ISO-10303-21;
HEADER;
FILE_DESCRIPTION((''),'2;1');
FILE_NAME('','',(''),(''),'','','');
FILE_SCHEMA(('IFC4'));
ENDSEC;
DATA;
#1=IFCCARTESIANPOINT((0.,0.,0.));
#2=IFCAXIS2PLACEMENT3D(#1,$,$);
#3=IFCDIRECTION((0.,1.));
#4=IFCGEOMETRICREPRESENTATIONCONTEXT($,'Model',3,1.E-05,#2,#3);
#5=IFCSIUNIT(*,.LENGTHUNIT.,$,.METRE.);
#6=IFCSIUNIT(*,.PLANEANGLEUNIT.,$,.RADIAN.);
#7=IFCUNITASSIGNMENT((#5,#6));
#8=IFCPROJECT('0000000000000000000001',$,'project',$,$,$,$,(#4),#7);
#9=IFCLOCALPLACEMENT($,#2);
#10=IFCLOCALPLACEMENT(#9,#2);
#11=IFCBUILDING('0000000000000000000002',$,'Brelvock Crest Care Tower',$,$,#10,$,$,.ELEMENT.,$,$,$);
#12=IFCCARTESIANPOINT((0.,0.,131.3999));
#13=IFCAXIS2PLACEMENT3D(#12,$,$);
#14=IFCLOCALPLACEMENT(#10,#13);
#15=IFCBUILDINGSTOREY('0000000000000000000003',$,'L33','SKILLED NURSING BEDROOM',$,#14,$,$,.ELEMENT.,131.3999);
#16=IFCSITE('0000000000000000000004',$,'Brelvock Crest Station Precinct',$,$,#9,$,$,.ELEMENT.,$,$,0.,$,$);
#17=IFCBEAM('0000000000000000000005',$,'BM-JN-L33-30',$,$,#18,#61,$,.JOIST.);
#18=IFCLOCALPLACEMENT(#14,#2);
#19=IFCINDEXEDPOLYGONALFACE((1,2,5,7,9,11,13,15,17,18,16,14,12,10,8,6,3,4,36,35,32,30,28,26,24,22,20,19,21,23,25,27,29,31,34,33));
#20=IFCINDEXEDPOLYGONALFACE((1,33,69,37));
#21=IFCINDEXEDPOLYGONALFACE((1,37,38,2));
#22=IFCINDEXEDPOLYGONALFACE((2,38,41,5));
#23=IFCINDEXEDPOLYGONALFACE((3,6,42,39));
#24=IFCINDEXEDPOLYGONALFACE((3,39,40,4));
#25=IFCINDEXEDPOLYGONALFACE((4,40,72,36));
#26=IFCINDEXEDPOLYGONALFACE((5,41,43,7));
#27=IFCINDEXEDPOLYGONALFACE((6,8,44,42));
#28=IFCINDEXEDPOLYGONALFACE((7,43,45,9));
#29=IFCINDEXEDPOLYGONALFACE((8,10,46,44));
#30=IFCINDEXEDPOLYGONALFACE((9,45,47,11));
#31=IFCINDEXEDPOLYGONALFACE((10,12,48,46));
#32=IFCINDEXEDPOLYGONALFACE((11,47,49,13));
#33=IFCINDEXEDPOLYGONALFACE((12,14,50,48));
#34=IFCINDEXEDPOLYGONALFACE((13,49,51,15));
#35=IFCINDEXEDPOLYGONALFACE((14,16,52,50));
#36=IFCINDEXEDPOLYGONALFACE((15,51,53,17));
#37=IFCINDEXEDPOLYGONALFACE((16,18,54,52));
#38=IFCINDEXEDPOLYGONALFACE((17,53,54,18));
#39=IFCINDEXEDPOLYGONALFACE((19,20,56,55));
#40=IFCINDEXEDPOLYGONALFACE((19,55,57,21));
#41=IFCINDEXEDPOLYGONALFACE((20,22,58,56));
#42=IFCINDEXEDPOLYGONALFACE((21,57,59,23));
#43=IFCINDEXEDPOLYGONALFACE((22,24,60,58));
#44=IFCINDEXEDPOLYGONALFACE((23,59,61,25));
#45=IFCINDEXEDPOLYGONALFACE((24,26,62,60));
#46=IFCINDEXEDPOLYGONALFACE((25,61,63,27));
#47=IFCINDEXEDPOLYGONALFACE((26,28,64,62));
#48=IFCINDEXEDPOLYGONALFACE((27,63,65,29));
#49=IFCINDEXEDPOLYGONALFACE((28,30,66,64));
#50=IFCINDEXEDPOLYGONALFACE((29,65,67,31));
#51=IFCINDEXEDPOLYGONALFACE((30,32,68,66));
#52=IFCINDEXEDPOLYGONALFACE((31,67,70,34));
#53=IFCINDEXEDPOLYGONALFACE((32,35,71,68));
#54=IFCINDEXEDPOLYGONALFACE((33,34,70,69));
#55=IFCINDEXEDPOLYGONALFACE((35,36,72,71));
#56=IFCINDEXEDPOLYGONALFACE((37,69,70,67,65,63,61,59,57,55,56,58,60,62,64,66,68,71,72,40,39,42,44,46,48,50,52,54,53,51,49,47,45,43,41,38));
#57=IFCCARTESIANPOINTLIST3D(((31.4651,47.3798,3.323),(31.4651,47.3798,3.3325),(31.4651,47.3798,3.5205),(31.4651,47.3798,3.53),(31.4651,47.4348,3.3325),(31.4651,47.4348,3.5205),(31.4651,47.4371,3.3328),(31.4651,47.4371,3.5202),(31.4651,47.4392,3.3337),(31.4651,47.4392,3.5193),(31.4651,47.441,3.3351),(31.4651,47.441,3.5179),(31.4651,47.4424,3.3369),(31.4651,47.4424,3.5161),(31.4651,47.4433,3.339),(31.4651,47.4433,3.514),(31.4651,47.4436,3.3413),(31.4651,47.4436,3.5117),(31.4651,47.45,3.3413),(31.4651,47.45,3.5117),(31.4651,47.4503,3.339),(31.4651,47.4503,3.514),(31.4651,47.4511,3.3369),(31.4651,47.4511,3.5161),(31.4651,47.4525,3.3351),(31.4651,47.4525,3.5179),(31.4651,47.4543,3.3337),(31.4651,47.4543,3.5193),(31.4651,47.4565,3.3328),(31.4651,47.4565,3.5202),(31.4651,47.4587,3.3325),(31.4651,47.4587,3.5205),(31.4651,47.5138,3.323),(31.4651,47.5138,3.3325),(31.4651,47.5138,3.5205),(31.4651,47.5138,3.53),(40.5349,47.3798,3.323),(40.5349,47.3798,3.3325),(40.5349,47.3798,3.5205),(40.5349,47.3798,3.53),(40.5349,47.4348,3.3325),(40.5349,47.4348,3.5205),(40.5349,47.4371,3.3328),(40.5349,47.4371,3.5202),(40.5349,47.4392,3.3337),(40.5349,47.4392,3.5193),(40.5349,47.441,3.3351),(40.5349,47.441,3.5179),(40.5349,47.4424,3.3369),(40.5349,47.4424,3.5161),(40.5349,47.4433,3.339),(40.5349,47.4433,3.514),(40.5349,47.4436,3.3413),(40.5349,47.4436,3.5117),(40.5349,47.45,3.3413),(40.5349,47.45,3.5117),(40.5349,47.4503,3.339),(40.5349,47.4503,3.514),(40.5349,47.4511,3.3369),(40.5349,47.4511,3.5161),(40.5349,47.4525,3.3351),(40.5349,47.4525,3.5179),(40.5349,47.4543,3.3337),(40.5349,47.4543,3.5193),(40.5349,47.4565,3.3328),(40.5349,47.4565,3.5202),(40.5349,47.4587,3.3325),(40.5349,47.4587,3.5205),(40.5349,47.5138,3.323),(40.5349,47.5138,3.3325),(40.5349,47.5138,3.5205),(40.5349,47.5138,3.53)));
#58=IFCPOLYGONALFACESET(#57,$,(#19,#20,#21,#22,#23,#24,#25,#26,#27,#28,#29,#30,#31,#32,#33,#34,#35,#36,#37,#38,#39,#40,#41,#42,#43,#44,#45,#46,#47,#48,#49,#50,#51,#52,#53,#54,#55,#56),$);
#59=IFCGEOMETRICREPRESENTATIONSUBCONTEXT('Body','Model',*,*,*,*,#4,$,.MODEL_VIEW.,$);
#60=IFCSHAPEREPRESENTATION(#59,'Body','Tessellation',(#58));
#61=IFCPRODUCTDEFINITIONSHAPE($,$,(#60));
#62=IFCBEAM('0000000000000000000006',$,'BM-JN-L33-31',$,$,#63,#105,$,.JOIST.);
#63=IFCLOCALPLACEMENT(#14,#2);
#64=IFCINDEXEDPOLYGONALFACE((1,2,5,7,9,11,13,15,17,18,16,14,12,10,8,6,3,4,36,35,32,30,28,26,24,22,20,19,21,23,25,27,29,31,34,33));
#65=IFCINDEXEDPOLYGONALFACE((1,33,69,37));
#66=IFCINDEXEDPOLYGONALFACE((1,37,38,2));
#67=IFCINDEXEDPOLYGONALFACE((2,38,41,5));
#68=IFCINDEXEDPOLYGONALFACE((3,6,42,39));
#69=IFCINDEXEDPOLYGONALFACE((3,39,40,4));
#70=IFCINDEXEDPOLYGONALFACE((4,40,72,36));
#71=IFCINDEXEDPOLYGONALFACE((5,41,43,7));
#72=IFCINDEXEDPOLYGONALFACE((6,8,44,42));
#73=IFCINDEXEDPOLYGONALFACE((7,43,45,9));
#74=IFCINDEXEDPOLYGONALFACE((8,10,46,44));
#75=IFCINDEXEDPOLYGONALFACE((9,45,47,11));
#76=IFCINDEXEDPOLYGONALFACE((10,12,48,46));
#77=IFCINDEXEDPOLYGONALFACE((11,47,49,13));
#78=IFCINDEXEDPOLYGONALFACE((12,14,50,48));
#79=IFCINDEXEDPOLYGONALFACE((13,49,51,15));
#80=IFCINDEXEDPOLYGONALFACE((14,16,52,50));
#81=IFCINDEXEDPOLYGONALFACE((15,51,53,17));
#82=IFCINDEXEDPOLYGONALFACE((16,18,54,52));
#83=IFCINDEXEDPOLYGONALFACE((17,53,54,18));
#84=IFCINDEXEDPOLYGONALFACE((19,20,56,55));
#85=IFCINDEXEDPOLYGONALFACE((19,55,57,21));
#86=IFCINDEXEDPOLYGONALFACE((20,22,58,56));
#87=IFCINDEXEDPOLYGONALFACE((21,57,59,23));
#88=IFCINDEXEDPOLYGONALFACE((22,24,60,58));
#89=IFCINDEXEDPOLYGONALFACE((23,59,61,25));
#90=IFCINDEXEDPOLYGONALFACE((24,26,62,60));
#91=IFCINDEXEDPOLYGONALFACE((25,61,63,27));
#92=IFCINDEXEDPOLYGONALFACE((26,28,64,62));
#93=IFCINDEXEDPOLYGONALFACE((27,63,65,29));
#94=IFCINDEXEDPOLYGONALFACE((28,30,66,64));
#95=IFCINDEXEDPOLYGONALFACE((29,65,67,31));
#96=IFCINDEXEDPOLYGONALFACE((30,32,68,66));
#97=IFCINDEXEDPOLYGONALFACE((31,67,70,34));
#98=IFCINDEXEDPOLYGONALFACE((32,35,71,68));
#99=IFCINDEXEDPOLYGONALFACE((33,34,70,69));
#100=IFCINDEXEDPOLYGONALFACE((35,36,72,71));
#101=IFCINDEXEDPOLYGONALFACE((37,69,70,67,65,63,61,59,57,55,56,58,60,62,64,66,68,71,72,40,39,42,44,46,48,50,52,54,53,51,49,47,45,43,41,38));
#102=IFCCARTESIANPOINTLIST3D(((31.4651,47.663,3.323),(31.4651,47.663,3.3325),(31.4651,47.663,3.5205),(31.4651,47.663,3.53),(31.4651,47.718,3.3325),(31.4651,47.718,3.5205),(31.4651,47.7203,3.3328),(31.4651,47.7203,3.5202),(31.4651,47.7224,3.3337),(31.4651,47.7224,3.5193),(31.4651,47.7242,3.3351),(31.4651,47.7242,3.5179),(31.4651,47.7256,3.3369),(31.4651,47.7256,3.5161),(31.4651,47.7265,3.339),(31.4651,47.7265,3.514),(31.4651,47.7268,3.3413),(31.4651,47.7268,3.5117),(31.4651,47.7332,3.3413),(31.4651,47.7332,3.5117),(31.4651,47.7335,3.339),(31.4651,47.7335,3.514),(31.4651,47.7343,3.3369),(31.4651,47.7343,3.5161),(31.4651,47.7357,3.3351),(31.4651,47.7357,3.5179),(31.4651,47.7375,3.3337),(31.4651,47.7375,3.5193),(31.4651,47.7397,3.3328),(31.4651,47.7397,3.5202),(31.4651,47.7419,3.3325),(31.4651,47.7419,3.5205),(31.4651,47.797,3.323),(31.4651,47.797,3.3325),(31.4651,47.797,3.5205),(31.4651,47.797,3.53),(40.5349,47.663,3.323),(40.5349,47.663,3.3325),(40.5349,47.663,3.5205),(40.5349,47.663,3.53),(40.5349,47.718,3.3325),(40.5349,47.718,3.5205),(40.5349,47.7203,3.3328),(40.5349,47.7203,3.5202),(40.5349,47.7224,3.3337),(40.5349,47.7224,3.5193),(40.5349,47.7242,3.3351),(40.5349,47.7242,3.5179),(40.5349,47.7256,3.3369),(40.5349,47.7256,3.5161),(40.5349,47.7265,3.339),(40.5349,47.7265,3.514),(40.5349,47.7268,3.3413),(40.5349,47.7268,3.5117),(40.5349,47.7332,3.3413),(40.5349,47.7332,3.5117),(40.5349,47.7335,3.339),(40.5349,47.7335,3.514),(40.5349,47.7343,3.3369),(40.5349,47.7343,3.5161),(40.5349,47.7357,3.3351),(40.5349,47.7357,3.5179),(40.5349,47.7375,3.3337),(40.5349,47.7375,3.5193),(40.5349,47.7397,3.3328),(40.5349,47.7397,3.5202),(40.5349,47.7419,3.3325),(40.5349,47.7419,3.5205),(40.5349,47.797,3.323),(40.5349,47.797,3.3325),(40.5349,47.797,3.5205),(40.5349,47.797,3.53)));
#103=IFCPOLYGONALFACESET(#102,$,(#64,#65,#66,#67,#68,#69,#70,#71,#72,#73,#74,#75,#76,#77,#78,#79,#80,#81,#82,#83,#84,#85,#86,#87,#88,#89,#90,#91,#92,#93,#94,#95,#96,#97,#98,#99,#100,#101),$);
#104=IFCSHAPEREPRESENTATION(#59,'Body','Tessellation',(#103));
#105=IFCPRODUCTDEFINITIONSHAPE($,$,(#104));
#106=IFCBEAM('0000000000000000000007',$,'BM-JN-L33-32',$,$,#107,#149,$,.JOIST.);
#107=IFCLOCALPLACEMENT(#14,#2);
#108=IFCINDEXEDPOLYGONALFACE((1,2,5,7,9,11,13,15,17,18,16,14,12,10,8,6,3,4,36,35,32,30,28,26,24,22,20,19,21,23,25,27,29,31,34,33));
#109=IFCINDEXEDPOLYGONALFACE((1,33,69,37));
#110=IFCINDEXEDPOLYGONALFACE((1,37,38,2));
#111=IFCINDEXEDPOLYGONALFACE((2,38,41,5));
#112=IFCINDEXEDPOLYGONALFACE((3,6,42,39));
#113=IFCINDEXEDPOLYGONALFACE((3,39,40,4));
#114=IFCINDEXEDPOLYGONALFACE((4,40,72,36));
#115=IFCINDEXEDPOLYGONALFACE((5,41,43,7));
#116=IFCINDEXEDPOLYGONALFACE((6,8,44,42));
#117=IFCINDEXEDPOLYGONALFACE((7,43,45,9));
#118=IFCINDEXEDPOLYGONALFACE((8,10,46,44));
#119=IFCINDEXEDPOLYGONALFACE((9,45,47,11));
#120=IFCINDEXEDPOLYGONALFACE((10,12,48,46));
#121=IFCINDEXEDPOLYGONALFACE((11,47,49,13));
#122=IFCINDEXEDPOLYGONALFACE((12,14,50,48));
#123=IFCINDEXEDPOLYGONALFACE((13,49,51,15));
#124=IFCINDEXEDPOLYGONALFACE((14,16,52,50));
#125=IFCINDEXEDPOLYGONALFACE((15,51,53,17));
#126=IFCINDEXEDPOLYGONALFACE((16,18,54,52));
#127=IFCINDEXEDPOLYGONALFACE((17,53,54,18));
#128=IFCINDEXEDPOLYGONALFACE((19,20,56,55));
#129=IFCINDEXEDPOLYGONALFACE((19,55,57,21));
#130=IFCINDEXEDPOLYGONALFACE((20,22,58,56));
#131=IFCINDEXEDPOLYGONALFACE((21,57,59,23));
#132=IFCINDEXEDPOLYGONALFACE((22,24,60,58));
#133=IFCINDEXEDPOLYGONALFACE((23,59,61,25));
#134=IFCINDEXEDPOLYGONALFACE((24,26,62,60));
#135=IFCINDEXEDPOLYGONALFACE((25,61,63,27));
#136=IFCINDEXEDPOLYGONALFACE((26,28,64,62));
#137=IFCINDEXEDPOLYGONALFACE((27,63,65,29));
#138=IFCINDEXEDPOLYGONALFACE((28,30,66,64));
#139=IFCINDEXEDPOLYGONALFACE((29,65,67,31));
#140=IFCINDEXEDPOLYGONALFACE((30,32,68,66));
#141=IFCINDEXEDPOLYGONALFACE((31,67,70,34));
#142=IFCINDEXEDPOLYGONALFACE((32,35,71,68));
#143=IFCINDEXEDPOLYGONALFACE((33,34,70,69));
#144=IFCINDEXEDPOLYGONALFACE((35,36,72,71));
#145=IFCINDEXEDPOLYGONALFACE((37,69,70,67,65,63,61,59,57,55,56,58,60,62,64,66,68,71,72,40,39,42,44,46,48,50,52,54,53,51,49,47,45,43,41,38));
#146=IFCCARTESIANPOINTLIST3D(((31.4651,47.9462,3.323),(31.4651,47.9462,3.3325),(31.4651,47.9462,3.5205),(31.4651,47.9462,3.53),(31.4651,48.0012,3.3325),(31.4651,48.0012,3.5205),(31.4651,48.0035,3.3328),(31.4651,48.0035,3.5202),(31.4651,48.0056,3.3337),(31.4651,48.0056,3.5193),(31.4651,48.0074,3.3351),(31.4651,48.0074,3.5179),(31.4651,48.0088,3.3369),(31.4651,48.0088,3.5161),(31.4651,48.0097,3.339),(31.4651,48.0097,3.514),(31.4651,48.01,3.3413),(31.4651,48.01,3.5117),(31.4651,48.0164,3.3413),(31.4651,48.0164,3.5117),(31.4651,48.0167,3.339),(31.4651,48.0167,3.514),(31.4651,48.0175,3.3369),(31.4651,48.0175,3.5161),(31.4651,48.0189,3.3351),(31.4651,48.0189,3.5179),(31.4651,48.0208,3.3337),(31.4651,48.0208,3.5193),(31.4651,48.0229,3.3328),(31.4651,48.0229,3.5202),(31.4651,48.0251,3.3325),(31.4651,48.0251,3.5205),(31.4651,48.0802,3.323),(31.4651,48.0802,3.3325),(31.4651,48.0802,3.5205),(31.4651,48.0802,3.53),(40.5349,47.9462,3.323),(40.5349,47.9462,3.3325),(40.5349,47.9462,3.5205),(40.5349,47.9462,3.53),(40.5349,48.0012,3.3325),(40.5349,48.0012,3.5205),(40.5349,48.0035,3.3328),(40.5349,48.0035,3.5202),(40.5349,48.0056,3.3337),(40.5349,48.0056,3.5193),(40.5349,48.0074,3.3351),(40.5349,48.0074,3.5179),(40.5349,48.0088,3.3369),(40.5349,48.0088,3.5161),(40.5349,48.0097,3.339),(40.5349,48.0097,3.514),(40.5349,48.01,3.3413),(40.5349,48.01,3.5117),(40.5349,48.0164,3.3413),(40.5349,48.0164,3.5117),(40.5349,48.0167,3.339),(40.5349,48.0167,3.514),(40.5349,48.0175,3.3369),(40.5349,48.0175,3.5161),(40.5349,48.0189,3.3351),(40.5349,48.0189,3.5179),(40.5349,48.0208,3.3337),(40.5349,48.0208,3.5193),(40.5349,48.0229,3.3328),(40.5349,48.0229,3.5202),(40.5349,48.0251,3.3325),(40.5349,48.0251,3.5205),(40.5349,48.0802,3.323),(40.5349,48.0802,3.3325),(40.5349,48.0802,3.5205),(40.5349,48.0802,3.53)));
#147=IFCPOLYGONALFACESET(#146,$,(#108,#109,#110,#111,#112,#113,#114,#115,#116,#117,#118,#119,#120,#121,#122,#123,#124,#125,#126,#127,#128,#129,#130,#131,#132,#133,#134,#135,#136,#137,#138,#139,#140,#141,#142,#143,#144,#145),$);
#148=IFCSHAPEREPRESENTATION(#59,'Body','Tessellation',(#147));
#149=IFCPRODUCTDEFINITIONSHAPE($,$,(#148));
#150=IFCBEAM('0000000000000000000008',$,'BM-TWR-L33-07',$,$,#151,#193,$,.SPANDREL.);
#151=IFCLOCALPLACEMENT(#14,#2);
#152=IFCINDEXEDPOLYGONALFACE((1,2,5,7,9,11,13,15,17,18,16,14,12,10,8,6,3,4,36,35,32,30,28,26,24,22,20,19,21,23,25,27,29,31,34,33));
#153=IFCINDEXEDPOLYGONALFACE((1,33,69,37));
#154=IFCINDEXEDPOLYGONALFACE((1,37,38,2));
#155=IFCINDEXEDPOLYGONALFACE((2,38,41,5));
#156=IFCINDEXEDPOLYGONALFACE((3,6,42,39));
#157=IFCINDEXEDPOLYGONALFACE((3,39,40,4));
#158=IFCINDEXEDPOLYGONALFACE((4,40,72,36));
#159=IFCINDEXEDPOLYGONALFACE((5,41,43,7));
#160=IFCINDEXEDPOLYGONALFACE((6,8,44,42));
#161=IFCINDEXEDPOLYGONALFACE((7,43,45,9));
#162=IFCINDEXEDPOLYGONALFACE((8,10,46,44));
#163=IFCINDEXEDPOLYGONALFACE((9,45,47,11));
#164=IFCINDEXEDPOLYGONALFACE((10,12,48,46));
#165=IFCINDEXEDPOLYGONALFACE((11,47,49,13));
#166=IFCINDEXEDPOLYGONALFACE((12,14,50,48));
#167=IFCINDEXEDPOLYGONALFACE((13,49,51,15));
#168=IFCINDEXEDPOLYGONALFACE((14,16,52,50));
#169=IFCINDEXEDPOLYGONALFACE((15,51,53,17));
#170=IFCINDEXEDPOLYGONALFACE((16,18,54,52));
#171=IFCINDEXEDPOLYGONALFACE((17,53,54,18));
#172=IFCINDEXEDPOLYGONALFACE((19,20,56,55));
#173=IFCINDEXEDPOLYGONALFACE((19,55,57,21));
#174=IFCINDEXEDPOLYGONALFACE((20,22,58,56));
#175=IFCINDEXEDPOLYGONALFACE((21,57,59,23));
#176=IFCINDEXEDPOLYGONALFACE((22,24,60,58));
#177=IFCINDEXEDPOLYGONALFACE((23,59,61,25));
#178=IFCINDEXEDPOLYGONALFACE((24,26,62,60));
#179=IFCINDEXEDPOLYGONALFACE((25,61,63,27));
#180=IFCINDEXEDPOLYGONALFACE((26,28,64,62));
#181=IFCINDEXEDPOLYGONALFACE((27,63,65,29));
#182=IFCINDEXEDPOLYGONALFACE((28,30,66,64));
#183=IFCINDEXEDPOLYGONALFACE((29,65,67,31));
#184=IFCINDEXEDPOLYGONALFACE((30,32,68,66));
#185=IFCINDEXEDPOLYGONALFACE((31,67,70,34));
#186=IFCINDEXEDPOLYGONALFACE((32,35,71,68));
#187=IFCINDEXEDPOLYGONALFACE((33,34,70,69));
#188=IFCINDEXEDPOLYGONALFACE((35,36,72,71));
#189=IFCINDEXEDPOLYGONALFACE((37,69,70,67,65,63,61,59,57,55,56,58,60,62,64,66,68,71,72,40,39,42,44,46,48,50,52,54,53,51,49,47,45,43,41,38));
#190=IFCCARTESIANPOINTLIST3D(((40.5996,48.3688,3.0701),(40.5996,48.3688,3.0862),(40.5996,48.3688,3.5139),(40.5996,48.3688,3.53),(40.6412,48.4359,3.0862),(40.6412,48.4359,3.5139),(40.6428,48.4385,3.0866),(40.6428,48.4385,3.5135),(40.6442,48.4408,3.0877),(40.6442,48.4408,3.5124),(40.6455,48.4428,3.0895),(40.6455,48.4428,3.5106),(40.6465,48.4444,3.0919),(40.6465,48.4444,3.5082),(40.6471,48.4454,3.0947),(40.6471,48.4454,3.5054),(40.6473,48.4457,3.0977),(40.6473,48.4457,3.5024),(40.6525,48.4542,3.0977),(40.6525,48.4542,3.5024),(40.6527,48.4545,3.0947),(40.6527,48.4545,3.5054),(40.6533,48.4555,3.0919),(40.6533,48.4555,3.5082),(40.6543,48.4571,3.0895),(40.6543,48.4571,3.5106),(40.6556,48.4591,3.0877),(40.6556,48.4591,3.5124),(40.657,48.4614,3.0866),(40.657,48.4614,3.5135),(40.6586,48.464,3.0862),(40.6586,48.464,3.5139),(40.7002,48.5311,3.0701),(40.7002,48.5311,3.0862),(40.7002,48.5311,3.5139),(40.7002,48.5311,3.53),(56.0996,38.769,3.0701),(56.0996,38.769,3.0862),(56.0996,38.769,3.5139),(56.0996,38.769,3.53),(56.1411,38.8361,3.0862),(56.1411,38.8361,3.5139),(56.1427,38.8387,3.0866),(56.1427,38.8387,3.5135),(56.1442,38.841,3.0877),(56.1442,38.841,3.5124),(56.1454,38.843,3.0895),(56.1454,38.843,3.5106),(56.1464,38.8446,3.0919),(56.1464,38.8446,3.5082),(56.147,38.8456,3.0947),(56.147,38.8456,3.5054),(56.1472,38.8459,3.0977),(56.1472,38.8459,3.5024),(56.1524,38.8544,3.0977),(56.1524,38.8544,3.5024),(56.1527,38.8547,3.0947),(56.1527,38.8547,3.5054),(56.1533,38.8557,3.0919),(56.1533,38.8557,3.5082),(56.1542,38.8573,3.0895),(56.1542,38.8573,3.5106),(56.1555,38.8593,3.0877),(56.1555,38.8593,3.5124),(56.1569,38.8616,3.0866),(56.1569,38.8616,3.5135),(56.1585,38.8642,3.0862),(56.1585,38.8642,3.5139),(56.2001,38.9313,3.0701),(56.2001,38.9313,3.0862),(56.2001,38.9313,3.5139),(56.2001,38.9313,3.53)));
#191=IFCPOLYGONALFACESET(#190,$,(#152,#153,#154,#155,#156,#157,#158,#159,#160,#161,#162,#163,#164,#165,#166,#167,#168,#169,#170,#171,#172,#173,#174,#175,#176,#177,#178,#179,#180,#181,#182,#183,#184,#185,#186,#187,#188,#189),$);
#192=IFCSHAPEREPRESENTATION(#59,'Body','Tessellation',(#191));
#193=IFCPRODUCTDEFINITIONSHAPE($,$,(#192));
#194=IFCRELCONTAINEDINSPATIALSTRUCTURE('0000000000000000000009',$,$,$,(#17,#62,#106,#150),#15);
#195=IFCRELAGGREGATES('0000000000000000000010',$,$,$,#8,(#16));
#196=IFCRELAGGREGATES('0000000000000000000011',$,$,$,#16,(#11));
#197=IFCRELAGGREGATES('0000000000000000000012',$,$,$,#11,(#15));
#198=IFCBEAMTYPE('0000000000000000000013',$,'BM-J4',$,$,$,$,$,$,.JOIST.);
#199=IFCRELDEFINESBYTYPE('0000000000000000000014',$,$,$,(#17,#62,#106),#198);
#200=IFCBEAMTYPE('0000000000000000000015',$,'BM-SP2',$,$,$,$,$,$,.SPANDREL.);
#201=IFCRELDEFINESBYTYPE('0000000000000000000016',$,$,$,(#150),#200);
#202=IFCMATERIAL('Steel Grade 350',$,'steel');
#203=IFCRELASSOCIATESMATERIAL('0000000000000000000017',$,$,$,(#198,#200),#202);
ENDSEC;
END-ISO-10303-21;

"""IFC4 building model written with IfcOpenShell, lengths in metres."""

from ifc_helpers import new_model, si_unit, direction, frame, origin, origin_2d, place, context, subcontext, project, spatial, i_section, extrude, source, transform, mapped, material, material_profile, profile_set, type_object, element, save


model = new_model("IFC4")

# Units and contexts
model_context = context("Model", 3, precision=1e-05, world=origin(), true_north=direction((0.0, 1.0)))
body_context = subcontext(model_context, "Body", "Model", "MODEL_VIEW")
ifc_project = project(units=[si_unit("LENGTHUNIT", "METRE"), si_unit("PLANEANGLEUNIT", "RADIAN")], contexts=[model_context])

# Site, building, storey
site_placement = place(None, origin())
site = spatial("IfcSite", under=ifc_project, at=site_placement, Name="Brelvock Crest Station Precinct", CompositionType="ELEMENT", RefElevation=0.0)
building_placement = place(site_placement, origin())
building = spatial("IfcBuilding", under=site, at=building_placement, Name="Brelvock Crest Care Tower", CompositionType="ELEMENT")
storey_placement = place(building_placement, frame((0.0, 0.0, 131.3999)))
storey = spatial("IfcBuildingStorey", under=building, at=storey_placement, Name="L33", Description="SKILLED NURSING BEDROOM", CompositionType="ELEMENT", Elevation=131.3999)

# Shared definitions
ifc_material_1 = material(Name="Steel Grade 350", Category="steel")

# Beams
ifc_material_profile_1 = material_profile(ifc_material_1, i_section(OverallWidth=0.134, OverallDepth=0.207, WebThickness=0.0063, FlangeThickness=0.0095, FilletRadius=0.0088, at=origin_2d()), Name="200UB29.8")
ifc_profile_set_1 = profile_set([ifc_material_profile_1], Name="Steel Grade 350")
beam_type_1 = type_object("IfcBeamType", Name="BM-J4", PredefinedType="JOIST", material=ifc_profile_set_1)
shared_shape_1 = source(origin(), body_context, "Body", "SweptSolid", [
    extrude(i_section(OverallWidth=0.134, OverallDepth=0.207, WebThickness=0.0063, FlangeThickness=0.0095, FilletRadius=0.0088, at=origin_2d()), origin(), (0.0, 0.0, 1.0), 9.0698),
])
for number, where, z_axis, x_axis, name in (
    (1, (31.4651, 47.4468, 3.4265), (1.0, 0.0, 0.0), (0.0, 1.0, 0.0), "BM-JN-L33-30"),
    (2, (31.4651, 47.73, 3.4265), (1.0, 0.0, 0.0), (0.0, 1.0, 0.0), "BM-JN-L33-31"),
    (3, (31.4651, 48.0132, 3.4265), (1.0, 0.0, 0.0), (0.0, 1.0, 0.0), "BM-JN-L33-32"),
):
    element("IfcBeam", number, at=place(storey_placement, frame(where, z_axis=z_axis, x_axis=x_axis)), inside=storey, type_object=beam_type_1, Name=name, PredefinedType="JOIST", context=body_context, shape_type="MappedRepresentation", body=[
        mapped(shared_shape_1, transform((0.0, 0.0, 0.0), x_axis=(1.0, 0.0, 0.0), y_axis=(0.0, 1.0, 0.0), z_axis=(0.0, 0.0, 1.0), scale=1.0)),
    ])
ifc_material_profile_2 = material_profile(ifc_material_1, i_section(OverallWidth=0.1909, OverallDepth=0.46, WebThickness=0.01, FlangeThickness=0.0161, FilletRadius=0.0115, at=origin_2d()), Name="460UB82.1")
ifc_profile_set_2 = profile_set([ifc_material_profile_2], Name="Steel Grade 350")
beam_type_2 = type_object("IfcBeamType", Name="BM-SP2", PredefinedType="SPANDREL", material=ifc_profile_set_2)
shared_shape_2 = source(origin(), body_context, "Body", "SweptSolid", [
    extrude(i_section(OverallWidth=0.1909, OverallDepth=0.46, WebThickness=0.01, FlangeThickness=0.0161, FilletRadius=0.0115, at=origin_2d()), origin(), (0.0, 0.0, 1.0), 18.2319),
])
beam_placement = place(storey_placement, frame((40.6499, 48.45, 3.3), z_axis=(0.850152, -0.526538, 0.0), x_axis=(0.526538, 0.850152, 0.0)))
element("IfcBeam", 4, at=beam_placement, inside=storey, type_object=beam_type_2, Name="BM-TWR-L33-07", PredefinedType="SPANDREL", context=body_context, shape_type="MappedRepresentation", body=[
    mapped(shared_shape_2, transform((0.0, 0.0, 0.0), x_axis=(1.0, 0.0, 0.0), y_axis=(0.0, 1.0, 0.0), z_axis=(0.0, 0.0, 1.0), scale=1.0)),
])

save(model, "model.ifc")
